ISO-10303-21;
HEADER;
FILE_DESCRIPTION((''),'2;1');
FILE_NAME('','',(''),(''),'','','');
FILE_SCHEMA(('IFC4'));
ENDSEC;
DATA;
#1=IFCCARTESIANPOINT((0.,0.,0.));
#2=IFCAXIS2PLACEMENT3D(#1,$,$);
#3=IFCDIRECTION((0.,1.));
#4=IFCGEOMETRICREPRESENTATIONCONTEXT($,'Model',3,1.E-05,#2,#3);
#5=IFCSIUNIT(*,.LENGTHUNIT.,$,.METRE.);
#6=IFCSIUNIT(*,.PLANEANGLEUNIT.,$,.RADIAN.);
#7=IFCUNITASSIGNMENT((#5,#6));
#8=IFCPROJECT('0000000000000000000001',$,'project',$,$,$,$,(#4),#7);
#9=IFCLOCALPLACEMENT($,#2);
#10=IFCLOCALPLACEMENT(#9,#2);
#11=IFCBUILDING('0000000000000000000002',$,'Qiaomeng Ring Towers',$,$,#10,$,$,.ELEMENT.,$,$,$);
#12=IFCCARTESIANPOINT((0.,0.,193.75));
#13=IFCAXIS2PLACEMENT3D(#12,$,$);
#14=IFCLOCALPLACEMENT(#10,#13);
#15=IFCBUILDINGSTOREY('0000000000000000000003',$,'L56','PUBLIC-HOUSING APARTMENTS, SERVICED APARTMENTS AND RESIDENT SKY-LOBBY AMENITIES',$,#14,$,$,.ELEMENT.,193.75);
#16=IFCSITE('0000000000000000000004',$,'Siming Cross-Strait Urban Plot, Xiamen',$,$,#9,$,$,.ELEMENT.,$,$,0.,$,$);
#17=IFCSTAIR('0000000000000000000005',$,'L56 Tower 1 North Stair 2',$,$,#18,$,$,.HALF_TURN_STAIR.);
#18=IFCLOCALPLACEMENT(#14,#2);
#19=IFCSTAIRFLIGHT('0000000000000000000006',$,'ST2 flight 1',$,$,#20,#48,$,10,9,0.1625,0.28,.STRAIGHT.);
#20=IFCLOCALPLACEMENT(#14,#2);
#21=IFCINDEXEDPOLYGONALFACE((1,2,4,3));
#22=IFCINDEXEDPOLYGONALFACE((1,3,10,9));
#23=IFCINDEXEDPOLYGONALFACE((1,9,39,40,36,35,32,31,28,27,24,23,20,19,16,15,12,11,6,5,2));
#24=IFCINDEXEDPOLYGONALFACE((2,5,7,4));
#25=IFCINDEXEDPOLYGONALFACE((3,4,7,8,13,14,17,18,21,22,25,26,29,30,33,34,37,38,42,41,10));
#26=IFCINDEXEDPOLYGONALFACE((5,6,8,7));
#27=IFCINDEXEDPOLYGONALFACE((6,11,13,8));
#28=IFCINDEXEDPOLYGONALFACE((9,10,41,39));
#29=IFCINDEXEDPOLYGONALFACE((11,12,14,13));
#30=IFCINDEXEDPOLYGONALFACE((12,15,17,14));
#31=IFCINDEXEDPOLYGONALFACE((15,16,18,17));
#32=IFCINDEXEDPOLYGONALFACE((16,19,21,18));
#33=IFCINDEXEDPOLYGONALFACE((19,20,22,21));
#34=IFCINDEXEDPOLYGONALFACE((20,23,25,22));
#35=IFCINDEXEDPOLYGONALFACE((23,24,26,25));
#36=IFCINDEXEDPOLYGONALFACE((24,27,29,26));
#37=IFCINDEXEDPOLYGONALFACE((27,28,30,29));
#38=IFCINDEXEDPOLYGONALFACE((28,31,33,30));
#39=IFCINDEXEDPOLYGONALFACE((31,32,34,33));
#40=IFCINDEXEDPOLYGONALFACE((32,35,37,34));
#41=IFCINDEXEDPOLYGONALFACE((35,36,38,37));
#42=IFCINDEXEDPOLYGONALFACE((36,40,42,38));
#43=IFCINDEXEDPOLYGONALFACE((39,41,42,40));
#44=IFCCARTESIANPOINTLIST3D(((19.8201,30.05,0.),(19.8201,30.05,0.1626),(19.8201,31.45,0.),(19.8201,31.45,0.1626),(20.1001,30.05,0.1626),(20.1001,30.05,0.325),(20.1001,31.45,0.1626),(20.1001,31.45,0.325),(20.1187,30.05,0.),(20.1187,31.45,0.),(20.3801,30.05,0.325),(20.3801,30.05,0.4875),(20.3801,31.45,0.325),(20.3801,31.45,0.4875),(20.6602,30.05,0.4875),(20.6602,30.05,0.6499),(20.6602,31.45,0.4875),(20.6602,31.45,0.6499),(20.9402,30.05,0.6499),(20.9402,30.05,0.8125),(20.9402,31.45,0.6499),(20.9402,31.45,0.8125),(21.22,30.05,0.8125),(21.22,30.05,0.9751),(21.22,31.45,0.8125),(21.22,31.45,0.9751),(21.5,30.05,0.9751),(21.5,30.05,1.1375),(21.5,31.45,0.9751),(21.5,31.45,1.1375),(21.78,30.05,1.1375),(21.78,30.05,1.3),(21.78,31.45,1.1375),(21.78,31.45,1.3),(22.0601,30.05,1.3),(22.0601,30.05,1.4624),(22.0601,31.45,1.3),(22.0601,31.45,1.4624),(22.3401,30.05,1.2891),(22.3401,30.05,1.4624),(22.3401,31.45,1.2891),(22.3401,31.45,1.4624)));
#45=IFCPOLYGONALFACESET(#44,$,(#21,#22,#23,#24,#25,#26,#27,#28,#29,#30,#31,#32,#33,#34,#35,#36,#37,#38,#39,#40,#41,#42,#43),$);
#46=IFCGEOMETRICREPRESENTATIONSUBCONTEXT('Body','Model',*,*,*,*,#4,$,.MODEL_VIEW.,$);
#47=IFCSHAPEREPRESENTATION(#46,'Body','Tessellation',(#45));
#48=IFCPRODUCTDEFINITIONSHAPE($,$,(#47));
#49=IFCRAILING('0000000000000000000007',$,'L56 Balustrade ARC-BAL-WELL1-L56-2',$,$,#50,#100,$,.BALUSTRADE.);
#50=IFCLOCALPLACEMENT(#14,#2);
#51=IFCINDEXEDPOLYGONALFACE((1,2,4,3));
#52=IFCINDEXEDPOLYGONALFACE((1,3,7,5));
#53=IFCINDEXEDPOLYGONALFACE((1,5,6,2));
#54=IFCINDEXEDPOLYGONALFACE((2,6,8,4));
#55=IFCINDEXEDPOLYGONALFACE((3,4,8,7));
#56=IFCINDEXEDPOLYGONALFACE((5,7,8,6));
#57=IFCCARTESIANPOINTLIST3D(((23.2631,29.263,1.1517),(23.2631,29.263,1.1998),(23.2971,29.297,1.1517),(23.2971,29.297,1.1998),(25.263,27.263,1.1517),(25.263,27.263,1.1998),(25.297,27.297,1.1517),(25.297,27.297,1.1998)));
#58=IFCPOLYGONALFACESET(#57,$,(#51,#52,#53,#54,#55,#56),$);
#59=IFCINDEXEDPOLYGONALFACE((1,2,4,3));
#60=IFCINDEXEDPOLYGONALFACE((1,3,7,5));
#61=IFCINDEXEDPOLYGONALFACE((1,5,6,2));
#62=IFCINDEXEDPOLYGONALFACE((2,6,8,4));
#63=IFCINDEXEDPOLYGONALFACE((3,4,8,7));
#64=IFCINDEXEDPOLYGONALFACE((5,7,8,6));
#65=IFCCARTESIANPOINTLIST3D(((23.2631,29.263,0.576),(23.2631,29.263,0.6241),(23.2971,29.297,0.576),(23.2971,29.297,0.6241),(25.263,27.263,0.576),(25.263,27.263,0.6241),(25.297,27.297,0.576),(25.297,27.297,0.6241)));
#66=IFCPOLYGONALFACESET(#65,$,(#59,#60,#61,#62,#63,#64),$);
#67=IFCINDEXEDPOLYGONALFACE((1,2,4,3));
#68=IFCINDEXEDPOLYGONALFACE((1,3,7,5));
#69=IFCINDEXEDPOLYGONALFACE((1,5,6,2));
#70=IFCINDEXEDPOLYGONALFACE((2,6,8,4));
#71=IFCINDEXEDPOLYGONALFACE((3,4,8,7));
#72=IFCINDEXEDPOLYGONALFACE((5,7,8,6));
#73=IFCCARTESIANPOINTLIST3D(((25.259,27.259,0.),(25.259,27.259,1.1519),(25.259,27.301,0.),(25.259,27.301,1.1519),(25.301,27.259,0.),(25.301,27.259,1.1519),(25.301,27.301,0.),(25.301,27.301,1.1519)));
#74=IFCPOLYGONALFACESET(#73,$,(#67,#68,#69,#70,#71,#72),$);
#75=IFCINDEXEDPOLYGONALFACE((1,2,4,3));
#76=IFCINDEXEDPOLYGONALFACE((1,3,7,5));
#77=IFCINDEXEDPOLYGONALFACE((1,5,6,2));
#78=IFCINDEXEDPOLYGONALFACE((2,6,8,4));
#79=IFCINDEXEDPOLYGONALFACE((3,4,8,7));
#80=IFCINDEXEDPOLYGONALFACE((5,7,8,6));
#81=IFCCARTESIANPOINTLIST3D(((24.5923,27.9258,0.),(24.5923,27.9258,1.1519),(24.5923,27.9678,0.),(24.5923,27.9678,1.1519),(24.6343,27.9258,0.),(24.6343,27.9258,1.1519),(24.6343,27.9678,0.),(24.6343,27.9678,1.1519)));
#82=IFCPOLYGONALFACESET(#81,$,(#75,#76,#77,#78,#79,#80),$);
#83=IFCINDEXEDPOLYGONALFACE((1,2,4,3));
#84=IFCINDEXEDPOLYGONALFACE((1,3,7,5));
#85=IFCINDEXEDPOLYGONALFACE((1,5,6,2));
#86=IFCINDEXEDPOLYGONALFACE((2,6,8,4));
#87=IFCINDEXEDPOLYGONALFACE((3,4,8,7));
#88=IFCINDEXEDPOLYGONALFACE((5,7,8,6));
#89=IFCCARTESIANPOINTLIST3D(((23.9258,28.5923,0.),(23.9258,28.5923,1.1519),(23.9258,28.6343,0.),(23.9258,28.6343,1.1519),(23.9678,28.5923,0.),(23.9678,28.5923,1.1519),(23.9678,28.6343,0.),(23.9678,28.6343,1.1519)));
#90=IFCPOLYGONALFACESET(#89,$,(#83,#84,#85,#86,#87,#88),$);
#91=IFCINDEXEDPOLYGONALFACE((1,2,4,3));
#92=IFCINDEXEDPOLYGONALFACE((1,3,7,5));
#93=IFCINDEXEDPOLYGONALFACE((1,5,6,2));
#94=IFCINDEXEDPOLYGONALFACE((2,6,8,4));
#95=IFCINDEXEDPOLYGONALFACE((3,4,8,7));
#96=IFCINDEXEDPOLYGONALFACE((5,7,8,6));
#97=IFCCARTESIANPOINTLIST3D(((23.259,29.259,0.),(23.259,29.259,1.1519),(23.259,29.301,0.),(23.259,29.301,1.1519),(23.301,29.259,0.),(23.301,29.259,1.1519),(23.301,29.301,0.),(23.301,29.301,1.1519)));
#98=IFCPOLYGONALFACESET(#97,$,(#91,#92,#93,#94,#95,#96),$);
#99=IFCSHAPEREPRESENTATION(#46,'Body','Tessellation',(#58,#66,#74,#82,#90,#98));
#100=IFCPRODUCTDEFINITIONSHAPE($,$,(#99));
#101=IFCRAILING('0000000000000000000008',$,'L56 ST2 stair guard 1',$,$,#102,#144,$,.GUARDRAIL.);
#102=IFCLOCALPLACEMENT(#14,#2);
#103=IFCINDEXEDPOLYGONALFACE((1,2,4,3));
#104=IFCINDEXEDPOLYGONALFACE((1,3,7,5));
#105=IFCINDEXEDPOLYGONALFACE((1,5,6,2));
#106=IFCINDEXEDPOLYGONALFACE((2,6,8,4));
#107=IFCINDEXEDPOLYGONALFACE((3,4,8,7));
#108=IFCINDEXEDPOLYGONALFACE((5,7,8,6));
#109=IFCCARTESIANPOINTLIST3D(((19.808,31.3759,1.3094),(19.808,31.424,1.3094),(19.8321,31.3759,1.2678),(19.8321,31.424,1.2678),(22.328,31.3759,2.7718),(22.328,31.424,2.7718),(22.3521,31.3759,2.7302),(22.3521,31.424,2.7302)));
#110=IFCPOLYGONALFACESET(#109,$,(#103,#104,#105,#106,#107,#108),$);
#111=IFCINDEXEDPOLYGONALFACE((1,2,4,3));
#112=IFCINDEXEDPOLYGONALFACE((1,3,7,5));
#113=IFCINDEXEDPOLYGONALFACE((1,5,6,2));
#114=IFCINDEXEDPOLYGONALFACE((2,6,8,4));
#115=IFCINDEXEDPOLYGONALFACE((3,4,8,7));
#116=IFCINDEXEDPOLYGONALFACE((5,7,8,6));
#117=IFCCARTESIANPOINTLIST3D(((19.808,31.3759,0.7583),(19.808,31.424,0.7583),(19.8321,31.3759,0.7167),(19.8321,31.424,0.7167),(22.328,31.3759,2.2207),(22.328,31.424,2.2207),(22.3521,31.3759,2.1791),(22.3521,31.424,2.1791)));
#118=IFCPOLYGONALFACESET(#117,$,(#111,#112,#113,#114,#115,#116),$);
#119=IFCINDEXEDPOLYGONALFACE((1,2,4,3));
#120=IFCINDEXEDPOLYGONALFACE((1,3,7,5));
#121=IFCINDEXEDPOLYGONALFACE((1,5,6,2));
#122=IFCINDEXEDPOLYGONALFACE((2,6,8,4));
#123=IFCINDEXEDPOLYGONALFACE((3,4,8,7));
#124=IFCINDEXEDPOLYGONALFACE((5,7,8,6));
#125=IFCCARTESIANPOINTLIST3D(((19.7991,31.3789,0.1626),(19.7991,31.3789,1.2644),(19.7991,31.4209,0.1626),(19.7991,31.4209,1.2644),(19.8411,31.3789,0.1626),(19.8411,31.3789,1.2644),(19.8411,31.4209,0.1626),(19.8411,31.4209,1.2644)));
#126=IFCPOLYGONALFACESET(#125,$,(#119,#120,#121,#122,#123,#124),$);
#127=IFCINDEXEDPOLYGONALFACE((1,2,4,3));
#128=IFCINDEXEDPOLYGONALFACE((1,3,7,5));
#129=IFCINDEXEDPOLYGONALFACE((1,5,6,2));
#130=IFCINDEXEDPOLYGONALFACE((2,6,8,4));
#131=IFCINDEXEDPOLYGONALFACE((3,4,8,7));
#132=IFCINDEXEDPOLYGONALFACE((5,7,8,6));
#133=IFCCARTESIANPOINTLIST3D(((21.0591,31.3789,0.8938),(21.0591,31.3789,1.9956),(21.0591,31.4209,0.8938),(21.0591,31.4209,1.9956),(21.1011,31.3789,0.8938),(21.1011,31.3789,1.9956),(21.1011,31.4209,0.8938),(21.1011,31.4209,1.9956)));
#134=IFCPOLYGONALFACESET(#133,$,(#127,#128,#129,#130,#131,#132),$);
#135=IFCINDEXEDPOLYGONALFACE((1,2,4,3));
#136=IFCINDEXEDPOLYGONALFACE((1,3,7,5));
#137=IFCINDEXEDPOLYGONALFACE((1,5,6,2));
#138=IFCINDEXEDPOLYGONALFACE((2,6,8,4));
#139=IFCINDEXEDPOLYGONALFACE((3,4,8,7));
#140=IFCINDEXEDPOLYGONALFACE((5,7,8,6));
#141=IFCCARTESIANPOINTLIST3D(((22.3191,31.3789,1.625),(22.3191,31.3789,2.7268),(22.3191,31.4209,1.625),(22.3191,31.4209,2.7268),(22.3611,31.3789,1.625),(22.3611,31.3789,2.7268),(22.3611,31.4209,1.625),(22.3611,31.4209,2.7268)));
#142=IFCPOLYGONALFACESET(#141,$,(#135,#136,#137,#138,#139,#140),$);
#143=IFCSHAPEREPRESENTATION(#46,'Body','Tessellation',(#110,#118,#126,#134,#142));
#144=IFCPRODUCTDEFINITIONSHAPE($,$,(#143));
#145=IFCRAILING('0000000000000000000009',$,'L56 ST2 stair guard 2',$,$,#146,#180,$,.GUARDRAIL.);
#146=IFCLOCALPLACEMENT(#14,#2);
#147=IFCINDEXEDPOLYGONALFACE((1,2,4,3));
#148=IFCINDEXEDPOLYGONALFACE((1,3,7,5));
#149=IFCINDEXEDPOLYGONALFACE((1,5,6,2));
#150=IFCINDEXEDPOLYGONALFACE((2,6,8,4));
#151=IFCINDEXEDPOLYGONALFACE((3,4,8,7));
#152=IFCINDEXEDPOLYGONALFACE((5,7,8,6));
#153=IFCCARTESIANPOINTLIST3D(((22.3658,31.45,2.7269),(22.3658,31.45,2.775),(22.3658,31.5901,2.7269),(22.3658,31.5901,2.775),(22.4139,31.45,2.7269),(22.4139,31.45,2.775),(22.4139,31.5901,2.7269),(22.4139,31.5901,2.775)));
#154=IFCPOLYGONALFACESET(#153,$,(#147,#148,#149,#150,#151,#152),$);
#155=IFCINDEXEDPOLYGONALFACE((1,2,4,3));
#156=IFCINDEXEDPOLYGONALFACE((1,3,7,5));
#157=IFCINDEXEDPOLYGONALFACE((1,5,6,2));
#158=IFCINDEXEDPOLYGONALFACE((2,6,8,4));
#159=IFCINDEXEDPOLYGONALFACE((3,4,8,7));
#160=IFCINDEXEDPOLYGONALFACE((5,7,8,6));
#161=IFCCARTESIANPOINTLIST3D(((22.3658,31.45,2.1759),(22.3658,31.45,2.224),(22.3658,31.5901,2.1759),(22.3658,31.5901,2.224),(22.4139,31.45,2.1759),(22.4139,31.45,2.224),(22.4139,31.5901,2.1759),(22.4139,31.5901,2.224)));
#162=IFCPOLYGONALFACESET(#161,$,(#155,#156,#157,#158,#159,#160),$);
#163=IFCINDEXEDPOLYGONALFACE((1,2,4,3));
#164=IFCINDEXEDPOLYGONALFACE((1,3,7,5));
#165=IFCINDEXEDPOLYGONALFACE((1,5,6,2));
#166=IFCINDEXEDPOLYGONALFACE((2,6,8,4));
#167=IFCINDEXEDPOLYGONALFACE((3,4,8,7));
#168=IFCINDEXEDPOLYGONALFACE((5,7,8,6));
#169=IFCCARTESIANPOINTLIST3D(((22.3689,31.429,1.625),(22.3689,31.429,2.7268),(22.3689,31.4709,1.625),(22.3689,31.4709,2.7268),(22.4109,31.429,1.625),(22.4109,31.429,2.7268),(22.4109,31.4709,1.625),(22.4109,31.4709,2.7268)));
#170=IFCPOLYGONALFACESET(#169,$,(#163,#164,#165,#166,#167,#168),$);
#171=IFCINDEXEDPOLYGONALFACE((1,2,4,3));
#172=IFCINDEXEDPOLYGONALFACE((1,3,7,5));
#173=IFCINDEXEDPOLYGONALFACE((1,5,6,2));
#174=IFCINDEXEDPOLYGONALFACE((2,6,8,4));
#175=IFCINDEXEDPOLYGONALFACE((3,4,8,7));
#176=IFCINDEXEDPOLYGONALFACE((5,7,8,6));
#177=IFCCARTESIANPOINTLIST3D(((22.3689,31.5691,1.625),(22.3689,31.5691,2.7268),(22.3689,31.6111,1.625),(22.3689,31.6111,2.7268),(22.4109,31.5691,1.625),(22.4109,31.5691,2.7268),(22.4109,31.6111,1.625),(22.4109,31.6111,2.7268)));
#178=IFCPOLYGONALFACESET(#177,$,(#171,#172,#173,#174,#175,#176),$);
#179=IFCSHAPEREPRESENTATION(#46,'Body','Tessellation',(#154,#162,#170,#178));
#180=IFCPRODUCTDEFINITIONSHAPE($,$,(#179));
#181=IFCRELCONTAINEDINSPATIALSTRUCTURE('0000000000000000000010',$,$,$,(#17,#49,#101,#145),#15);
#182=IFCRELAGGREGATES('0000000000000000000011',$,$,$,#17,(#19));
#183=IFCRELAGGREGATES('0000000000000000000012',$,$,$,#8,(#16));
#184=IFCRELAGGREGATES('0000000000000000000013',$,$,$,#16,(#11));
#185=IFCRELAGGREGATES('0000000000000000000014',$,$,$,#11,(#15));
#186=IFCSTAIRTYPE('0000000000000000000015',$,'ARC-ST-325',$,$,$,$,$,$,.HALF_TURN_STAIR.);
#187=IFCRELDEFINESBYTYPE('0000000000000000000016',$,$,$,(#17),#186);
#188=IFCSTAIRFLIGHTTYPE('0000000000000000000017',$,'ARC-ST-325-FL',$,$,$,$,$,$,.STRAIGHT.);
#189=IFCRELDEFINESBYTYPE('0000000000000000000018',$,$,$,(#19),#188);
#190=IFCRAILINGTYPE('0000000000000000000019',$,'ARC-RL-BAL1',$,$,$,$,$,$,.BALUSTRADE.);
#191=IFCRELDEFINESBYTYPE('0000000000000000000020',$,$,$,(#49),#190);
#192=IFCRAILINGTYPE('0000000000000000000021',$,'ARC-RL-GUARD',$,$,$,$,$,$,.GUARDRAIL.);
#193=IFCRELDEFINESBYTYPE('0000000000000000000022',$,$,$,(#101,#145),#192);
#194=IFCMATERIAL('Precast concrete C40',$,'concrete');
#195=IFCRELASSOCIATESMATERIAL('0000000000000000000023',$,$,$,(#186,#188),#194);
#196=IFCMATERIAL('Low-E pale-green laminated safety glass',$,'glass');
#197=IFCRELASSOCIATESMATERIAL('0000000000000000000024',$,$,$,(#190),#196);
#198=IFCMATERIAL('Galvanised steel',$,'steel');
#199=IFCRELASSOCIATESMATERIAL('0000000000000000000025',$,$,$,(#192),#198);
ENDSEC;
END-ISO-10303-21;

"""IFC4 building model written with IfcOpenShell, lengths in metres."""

from ifc_helpers import new_model, si_unit, direction, frame, origin, origin_2d, place, context, subcontext, project, spatial, polyline, rectangle, outline, extrude, source, transform, mapped, material, type_object, element, aggregate, save


model = new_model("IFC4")

# Units and contexts
model_context = context("Model", 3, precision=1e-05, world=origin(), true_north=direction((0.0, 1.0)))
body_context = subcontext(model_context, "Body", "Model", "MODEL_VIEW")
ifc_project = project(units=[si_unit("LENGTHUNIT", "METRE"), si_unit("PLANEANGLEUNIT", "RADIAN")], contexts=[model_context])

# Site, building, storey
site_placement = place(None, origin())
site = spatial("IfcSite", under=ifc_project, at=site_placement, Name="Siming Cross-Strait Urban Plot, Xiamen", CompositionType="ELEMENT", RefElevation=0.0)
building_placement = place(site_placement, origin())
building = spatial("IfcBuilding", under=site, at=building_placement, Name="Qiaomeng Ring Towers", CompositionType="ELEMENT")
storey_placement = place(building_placement, frame((0.0, 0.0, 193.75)))
storey = spatial("IfcBuildingStorey", under=building, at=storey_placement, Name="L56", Description="PUBLIC-HOUSING APARTMENTS, SERVICED APARTMENTS AND RESIDENT SKY-LOBBY AMENITIES", CompositionType="ELEMENT", Elevation=193.75)

# Shared definitions
ifc_material_1 = material(Name="Galvanised steel", Category="steel")

# Stair, stair flight
ifc_material_2 = material(Name="Precast concrete C40", Category="concrete")
stair_type = type_object("IfcStairType", Name="ARC-ST-325", PredefinedType="HALF_TURN_STAIR", material=ifc_material_2)
stair_placement = place(storey_placement, origin())
stair = element("IfcStair", 1, at=stair_placement, inside=storey, type_object=stair_type, Name="L56 Tower 1 North Stair 2", PredefinedType="HALF_TURN_STAIR")
stair_flight_type = type_object("IfcStairFlightType", Name="ARC-ST-325-FL", PredefinedType="STRAIGHT", material=ifc_material_2)
shared_shape_1 = source(origin(), body_context, "Body", "SweptSolid", [
    extrude(outline(polyline([(0.0, 0.0), (0.0, 0.1626), (0.28, 0.1626), (0.28, 0.325), (0.5601, 0.325), (0.5601, 0.4875), (0.8401, 0.4875), (0.8401, 0.6499), (1.1201, 0.6499), (1.1201, 0.8125), (1.3999, 0.8125), (1.3999, 0.9751), (1.6799, 0.9751), (1.6799, 1.1375), (1.96, 1.1375), (1.96, 1.3), (2.24, 1.3), (2.24, 1.4624), (2.52, 1.4624), (2.52, 1.625), (2.52, 1.2891), (0.2986, 0.0), (0.0, 0.0)])), frame((0.0, 0.7, 0.0), z_axis=(0.0, -1.0, 0.0), x_axis=(1.0, 0.0, 0.0)), (0.0, 0.0, 1.0), 1.3999),
])
stair_flight_placement = place(storey_placement, frame((19.8201, 30.75, 0.0), z_axis=(0.0, 0.0, 1.0), x_axis=(1.0, 0.0, 0.0)))
stair_flight = element("IfcStairFlight", 2, at=stair_flight_placement, type_object=stair_flight_type, Name="ST2 flight 1", NumberOfRisers=10, NumberOfTreads=9, PredefinedType="STRAIGHT", RiserHeight=0.1625, TreadLength=0.28, context=body_context, shape_type="MappedRepresentation", body=[
    mapped(shared_shape_1, transform((0.0, 0.0, 0.0), x_axis=(1.0, 0.0, 0.0), y_axis=(0.0, 1.0, 0.0), z_axis=(0.0, 0.0, 1.0), scale=1.0)),
])
aggregate(stair, [stair_flight])

# Railings
ifc_material_3 = material(Name="Low-E pale-green laminated safety glass", Category="glass")
railing_type_1 = type_object("IfcRailingType", Name="ARC-RL-BAL1", PredefinedType="BALUSTRADE", material=ifc_material_3)
railing_1_placement = place(storey_placement, frame((25.28, 27.28, 0.0)))
element("IfcRailing", 3, at=railing_1_placement, inside=storey, type_object=railing_type_1, Name="L56 Balustrade ARC-BAL-WELL1-L56-2", PredefinedType="BALUSTRADE", context=body_context, shape_type="SweptSolid", body=[
    extrude(rectangle(XDim=0.0481, YDim=0.0481, at=origin_2d()), frame((0.0, 0.0, 1.1758), z_axis=(-0.707107, 0.707107, 0.0), x_axis=(-0.707107, -0.707107, 0.0)), (0.0, 0.0, 1.0), 2.8284),
    extrude(rectangle(XDim=0.0481, YDim=0.0481, at=origin_2d()), frame((0.0, 0.0, 0.6001), z_axis=(-0.707107, 0.707107, 0.0), x_axis=(-0.707107, -0.707107, 0.0)), (0.0, 0.0, 1.0), 2.8284),
    extrude(rectangle(XDim=0.042, YDim=0.042, at=origin_2d()), origin(), (0.0, 0.0, 1.0), 1.1519),
    extrude(rectangle(XDim=0.042, YDim=0.042, at=origin_2d()), frame((-0.6667, 0.6667, 0.0)), (0.0, 0.0, 1.0), 1.1519),
    extrude(rectangle(XDim=0.042, YDim=0.042, at=origin_2d()), frame((-1.3333, 1.3333, 0.0)), (0.0, 0.0, 1.0), 1.1519),
    extrude(rectangle(XDim=0.042, YDim=0.042, at=origin_2d()), frame((-2.0, 2.0, 0.0)), (0.0, 0.0, 1.0), 1.1519),
])
railing_type_2 = type_object("IfcRailingType", Name="ARC-RL-GUARD", PredefinedType="GUARDRAIL", material=ifc_material_1)
railing_2_placement = place(storey_placement, frame((19.8201, 31.3999, 0.1626)))
element("IfcRailing", 4, at=railing_2_placement, inside=storey, type_object=railing_type_2, Name="L56 ST2 stair guard 1", PredefinedType="GUARDRAIL", context=body_context, shape_type="SweptSolid", body=[
    extrude(rectangle(XDim=0.0481, YDim=0.0481, at=origin_2d()), frame((0.0, 0.0, 1.126), z_axis=(0.864913, 0.0, 0.501921), x_axis=(0.0, 1.0, 0.0)), (0.0, 0.0, 1.0), 2.9136),
    extrude(rectangle(XDim=0.0481, YDim=0.0481, at=origin_2d()), frame((0.0, 0.0, 0.575), z_axis=(0.864913, 0.0, 0.501921), x_axis=(0.0, 1.0, 0.0)), (0.0, 0.0, 1.0), 2.9136),
    extrude(rectangle(XDim=0.042, YDim=0.042, at=origin_2d()), origin(), (0.0, 0.0, 1.0), 1.1018),
    extrude(rectangle(XDim=0.042, YDim=0.042, at=origin_2d()), frame((1.26, 0.0, 0.7312)), (0.0, 0.0, 1.0), 1.1018),
    extrude(rectangle(XDim=0.042, YDim=0.042, at=origin_2d()), frame((2.52, 0.0, 1.4624)), (0.0, 0.0, 1.0), 1.1018),
])
railing_3_placement = place(storey_placement, frame((22.3899, 31.45, 1.625)))
element("IfcRailing", 5, at=railing_3_placement, inside=storey, type_object=railing_type_2, Name="L56 ST2 stair guard 2", PredefinedType="GUARDRAIL", context=body_context, shape_type="SweptSolid", body=[
    extrude(rectangle(XDim=0.0481, YDim=0.0481, at=origin_2d()), frame((0.0, 0.0, 1.126), z_axis=(0.0, 1.0, 0.0), x_axis=(-1.0, 0.0, 0.0)), (0.0, 0.0, 1.0), 0.1401),
    extrude(rectangle(XDim=0.0481, YDim=0.0481, at=origin_2d()), frame((0.0, 0.0, 0.575), z_axis=(0.0, 1.0, 0.0), x_axis=(-1.0, 0.0, 0.0)), (0.0, 0.0, 1.0), 0.1401),
    extrude(rectangle(XDim=0.042, YDim=0.042, at=origin_2d()), origin(), (0.0, 0.0, 1.0), 1.1018),
    extrude(rectangle(XDim=0.042, YDim=0.042, at=origin_2d()), frame((0.0, 0.1401, 0.0)), (0.0, 0.0, 1.0), 1.1018),
])

save(model, "model.ifc")
